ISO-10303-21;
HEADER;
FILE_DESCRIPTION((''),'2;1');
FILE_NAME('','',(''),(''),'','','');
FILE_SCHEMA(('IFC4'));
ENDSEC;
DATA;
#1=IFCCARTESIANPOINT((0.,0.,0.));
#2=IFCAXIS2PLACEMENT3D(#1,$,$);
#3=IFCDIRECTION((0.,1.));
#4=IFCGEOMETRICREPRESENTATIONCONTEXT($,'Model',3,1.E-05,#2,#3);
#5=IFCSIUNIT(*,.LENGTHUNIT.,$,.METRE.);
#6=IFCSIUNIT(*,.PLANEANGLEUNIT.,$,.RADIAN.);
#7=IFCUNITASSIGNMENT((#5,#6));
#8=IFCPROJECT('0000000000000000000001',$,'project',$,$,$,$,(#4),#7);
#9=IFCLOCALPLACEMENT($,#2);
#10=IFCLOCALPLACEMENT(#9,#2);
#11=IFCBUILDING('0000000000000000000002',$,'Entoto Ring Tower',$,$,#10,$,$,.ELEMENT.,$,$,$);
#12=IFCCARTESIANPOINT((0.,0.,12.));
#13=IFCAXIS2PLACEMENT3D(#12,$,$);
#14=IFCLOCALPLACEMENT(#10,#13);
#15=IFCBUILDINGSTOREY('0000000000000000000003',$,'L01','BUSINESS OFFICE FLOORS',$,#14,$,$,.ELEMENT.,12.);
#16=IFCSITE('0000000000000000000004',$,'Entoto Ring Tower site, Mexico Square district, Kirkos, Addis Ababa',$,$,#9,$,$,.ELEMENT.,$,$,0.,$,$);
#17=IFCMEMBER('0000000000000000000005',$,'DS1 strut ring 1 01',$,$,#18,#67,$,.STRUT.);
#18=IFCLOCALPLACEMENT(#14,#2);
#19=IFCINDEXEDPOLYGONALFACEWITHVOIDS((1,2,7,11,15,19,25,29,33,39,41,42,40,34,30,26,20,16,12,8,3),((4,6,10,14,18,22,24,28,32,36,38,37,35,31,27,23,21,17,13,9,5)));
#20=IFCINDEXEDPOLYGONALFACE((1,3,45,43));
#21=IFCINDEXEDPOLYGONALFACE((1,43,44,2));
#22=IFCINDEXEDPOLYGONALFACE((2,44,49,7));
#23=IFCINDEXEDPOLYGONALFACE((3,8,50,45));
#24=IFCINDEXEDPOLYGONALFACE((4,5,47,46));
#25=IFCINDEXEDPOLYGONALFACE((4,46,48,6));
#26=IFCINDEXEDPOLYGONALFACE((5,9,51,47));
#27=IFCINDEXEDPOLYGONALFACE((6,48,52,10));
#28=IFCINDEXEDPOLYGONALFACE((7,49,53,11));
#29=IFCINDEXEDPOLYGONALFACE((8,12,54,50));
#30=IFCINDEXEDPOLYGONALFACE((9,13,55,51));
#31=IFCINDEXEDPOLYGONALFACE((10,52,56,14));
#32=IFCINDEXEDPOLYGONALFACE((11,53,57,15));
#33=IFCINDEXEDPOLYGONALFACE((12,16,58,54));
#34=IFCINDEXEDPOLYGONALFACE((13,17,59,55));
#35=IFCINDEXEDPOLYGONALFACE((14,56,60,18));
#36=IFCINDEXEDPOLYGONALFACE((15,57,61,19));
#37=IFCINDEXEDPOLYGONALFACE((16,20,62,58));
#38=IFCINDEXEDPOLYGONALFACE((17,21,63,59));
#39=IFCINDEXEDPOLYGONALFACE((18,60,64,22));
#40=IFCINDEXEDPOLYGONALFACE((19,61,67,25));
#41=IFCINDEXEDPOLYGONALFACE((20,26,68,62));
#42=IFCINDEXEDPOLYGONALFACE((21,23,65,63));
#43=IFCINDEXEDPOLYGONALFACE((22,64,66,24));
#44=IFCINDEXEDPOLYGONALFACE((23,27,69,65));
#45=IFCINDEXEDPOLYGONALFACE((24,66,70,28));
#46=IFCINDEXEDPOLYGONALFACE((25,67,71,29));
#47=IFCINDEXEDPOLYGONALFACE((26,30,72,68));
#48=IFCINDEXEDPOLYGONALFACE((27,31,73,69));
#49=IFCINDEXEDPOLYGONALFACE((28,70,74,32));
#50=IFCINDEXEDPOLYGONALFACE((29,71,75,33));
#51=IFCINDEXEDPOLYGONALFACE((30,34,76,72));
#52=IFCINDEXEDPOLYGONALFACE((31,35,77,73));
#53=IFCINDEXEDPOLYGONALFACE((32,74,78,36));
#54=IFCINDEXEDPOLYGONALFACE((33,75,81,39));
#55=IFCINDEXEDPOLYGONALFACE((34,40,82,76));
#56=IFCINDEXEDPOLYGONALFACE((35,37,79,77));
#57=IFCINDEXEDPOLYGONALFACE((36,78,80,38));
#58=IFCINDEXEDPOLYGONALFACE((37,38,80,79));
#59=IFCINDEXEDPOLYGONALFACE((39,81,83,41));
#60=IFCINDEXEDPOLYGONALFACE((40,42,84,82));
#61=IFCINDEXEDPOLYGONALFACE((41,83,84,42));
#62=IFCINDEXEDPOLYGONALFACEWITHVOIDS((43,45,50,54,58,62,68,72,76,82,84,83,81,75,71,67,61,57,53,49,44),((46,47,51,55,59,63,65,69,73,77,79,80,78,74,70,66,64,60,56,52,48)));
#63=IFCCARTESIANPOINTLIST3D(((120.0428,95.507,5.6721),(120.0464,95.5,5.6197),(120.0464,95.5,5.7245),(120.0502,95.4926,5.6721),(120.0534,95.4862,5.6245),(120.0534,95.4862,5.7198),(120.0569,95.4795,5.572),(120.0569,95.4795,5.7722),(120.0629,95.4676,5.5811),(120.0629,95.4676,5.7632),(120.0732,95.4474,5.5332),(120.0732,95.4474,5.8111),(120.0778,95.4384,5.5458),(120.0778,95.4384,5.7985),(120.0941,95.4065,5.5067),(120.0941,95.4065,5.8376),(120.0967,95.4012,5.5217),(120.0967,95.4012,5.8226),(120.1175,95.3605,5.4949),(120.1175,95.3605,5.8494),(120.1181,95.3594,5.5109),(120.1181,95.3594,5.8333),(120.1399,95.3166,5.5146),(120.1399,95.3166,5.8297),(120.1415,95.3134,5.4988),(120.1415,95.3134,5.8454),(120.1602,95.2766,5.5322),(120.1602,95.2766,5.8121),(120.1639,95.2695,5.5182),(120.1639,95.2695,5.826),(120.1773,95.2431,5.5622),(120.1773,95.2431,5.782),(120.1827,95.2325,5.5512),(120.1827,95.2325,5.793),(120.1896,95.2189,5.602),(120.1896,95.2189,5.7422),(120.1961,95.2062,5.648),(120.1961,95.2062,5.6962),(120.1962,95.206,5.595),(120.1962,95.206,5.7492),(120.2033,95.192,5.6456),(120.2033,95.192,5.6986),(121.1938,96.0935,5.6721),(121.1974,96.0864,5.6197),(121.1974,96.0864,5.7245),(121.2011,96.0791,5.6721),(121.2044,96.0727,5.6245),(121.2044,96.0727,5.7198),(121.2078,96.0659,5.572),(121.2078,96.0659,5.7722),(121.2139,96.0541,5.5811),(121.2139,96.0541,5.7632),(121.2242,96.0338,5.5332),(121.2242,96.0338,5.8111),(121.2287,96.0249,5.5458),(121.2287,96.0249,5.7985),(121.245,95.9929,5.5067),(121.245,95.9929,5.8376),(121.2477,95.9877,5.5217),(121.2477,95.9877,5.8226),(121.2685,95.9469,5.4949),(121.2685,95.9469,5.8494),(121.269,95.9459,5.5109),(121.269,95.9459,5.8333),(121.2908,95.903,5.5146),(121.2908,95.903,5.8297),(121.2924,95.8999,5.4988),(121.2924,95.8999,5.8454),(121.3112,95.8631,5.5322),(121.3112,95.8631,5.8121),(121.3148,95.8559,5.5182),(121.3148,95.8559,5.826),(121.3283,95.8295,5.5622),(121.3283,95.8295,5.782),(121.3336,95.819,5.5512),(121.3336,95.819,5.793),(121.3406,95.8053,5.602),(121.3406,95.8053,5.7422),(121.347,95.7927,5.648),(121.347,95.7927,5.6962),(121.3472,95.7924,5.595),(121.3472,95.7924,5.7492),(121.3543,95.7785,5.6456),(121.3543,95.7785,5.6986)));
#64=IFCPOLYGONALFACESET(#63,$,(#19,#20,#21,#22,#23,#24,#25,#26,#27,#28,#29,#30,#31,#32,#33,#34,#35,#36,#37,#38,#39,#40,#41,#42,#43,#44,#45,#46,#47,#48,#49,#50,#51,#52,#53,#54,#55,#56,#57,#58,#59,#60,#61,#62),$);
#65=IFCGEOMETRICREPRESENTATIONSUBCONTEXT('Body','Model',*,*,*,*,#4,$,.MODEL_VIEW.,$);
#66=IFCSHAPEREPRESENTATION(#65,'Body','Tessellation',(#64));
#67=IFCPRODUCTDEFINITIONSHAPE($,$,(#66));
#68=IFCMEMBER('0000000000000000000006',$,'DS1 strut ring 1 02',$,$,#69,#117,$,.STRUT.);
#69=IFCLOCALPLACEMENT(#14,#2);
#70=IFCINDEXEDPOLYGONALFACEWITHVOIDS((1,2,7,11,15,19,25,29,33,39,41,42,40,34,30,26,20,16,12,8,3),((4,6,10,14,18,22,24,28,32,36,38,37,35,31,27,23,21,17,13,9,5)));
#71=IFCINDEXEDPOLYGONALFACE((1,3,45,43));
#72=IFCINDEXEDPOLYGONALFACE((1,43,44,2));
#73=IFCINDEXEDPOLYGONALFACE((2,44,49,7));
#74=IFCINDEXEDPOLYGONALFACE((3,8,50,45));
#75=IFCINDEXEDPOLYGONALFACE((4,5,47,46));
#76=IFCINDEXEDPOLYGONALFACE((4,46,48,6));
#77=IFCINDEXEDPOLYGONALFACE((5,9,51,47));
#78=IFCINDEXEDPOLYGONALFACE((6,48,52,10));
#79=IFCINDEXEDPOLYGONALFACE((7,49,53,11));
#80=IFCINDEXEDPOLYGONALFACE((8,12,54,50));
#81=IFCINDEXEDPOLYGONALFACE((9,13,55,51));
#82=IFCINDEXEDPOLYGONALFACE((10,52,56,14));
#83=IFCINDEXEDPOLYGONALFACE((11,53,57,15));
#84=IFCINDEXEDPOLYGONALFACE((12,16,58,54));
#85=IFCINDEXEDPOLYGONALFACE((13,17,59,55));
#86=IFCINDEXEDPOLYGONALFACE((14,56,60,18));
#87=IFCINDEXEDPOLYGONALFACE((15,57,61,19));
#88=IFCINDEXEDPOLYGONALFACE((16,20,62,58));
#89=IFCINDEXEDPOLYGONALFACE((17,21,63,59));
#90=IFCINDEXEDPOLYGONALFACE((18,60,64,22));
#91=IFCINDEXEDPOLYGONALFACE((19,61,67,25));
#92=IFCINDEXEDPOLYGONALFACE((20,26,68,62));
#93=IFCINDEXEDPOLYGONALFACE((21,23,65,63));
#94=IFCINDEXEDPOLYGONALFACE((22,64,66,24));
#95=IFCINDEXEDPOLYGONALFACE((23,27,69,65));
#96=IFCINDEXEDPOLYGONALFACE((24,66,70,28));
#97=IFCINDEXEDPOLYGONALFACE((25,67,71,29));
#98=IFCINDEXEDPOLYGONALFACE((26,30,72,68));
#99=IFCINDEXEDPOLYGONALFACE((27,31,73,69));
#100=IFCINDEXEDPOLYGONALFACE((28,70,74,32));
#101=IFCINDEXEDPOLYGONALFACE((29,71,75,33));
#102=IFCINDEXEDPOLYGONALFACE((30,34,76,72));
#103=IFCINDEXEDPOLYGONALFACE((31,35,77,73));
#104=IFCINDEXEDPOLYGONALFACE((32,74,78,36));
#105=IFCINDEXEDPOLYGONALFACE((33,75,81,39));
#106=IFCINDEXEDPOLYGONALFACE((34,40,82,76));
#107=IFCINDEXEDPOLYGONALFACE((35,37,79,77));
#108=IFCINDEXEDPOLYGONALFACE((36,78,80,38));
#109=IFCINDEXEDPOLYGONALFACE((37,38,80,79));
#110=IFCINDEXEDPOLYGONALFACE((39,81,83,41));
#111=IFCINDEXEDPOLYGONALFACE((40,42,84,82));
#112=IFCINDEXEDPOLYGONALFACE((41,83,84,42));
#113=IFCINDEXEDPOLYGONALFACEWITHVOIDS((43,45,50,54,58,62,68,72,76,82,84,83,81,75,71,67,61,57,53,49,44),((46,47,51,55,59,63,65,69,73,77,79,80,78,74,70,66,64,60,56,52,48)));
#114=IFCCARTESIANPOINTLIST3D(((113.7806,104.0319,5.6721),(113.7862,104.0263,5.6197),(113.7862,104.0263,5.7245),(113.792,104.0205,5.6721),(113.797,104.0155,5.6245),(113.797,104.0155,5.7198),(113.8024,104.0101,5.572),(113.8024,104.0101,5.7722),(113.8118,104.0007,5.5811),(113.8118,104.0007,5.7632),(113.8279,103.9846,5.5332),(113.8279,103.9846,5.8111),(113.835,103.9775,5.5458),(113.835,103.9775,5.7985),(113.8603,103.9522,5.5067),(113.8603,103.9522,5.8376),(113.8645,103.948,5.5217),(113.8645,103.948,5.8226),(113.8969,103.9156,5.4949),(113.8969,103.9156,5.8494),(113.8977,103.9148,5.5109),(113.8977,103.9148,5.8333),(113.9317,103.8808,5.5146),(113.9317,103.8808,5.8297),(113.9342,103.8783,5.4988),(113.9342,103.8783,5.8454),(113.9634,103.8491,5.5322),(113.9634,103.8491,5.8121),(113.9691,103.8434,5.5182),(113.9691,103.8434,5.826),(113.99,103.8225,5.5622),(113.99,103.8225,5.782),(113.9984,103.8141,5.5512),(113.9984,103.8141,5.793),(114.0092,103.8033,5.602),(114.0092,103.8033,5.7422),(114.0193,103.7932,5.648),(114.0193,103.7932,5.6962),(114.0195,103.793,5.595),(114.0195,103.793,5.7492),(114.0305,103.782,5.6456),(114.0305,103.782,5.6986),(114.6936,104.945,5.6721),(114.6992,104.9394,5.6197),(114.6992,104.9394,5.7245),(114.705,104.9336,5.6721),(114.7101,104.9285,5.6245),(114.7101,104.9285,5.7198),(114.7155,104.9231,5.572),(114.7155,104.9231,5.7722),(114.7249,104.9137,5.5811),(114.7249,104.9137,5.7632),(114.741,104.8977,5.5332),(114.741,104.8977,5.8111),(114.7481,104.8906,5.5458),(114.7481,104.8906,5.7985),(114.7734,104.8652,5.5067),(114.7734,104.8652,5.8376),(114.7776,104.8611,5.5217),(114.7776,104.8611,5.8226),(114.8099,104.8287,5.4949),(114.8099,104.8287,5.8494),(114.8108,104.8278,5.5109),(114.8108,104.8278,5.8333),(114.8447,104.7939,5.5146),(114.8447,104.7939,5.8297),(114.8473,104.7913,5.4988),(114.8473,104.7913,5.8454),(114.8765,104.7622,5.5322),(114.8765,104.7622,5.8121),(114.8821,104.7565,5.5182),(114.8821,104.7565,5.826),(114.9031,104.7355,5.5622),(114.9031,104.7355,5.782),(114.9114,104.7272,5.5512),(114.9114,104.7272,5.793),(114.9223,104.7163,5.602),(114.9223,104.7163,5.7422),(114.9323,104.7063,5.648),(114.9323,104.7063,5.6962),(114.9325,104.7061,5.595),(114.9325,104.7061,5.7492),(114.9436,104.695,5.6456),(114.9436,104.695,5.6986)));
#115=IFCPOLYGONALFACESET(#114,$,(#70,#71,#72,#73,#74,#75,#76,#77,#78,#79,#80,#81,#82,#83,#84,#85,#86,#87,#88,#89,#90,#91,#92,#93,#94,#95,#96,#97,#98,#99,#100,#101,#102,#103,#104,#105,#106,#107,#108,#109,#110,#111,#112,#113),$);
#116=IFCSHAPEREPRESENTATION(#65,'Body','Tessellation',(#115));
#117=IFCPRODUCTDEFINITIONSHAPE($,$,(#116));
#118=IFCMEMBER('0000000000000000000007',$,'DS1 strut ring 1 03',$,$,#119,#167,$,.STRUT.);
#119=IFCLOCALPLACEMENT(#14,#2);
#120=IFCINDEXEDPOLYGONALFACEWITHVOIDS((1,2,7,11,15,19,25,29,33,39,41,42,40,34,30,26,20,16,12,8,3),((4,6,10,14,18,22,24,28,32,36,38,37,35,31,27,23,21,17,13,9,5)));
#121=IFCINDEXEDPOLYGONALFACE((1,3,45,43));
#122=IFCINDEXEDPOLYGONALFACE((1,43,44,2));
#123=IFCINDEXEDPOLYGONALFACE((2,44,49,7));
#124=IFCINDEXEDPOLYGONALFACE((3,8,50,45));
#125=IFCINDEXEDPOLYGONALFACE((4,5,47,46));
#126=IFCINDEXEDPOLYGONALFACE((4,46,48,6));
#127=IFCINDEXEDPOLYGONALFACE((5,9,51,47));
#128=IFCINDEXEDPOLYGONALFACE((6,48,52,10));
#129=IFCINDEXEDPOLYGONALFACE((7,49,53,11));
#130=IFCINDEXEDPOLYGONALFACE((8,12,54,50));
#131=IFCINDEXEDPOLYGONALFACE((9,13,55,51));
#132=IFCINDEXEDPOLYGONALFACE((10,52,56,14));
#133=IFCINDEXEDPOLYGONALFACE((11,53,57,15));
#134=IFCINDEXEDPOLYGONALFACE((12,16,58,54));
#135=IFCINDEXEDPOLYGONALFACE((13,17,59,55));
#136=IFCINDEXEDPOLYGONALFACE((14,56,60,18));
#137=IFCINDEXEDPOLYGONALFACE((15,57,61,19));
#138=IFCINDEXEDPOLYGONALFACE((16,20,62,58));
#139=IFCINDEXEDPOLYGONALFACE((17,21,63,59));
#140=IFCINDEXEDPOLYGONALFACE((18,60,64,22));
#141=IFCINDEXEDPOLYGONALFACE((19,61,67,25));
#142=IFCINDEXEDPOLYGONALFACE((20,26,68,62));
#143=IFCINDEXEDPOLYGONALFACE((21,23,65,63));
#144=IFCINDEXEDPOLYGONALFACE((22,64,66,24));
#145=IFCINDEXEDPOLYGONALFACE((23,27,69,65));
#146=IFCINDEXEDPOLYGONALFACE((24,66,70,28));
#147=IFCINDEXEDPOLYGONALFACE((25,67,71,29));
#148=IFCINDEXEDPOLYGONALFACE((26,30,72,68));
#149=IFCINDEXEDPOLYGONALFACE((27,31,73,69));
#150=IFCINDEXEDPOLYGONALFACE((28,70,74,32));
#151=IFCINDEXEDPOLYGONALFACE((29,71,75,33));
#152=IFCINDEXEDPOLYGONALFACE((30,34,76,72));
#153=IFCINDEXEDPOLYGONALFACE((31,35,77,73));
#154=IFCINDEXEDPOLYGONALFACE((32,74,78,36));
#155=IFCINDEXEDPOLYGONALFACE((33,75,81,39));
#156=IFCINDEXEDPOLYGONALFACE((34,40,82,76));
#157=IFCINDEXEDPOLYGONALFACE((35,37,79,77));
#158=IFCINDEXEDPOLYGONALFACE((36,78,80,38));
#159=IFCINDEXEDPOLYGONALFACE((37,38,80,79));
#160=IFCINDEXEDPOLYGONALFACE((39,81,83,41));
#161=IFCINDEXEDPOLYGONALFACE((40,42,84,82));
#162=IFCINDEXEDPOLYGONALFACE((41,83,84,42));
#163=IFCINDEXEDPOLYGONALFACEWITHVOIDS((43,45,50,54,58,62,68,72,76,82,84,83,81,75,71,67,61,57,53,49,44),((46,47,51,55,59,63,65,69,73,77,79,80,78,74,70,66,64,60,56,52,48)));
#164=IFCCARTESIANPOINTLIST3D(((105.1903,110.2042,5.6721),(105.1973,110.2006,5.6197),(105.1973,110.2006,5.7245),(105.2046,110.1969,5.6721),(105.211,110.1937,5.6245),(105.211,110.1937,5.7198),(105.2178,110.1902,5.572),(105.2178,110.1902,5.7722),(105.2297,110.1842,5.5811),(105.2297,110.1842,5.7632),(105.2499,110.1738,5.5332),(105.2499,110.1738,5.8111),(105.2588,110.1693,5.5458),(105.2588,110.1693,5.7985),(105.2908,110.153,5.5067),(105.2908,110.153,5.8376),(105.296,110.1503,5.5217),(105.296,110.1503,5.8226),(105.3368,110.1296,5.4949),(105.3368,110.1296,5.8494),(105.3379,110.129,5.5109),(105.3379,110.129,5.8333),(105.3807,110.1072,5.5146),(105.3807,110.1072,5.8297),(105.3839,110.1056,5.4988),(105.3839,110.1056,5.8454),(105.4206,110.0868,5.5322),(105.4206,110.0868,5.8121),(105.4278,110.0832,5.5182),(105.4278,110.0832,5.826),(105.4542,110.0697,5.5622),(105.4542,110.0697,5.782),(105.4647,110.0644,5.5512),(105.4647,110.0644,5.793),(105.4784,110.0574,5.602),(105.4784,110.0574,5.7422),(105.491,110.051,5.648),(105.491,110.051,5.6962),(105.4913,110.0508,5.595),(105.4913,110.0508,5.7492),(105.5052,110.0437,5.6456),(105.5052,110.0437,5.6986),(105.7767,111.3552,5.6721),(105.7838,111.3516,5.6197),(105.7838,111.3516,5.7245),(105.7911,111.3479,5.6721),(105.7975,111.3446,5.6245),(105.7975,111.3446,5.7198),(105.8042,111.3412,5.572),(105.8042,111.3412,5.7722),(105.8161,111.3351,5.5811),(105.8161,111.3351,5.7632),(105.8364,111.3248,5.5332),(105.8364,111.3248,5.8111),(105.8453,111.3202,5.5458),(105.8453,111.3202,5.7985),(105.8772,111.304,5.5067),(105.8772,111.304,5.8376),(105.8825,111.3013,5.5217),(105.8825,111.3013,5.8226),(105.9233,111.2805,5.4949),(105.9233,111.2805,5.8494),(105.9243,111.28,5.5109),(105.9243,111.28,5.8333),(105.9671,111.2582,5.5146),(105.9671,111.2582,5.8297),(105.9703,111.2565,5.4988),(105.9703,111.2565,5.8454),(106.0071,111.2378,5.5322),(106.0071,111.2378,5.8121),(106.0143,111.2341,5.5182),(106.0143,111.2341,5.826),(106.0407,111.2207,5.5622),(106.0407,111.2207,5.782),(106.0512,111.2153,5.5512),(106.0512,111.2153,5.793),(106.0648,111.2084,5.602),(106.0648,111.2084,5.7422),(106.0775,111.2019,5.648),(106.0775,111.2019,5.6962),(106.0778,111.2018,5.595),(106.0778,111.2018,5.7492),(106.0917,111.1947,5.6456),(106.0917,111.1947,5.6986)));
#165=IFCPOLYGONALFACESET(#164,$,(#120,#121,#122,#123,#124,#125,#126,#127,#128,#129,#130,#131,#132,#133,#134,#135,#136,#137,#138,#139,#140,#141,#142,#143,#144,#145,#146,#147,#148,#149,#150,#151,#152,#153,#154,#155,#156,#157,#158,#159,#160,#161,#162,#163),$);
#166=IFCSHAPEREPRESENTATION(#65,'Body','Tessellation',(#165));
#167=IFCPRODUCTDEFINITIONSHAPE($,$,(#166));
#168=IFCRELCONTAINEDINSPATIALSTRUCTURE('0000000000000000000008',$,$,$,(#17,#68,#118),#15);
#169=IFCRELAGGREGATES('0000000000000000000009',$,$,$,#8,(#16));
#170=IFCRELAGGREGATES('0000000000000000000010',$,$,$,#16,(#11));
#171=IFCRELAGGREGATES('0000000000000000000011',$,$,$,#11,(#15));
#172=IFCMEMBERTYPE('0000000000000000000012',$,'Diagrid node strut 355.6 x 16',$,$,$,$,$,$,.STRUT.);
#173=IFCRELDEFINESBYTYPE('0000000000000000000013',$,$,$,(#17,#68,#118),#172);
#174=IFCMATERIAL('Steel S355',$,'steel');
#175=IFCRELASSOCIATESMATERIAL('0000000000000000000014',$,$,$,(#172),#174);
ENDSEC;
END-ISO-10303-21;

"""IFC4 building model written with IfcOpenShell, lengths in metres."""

from ifc_helpers import new_model, si_unit, direction, frame, origin, origin_2d, place, context, subcontext, project, spatial, circle, hollow_circle, extrude, material, material_profile, profile_set, type_object, element, save


model = new_model("IFC4")

# Units and contexts
model_context = context("Model", 3, precision=1e-05, world=origin(), true_north=direction((0.0, 1.0)))
body_context = subcontext(model_context, "Body", "Model", "MODEL_VIEW")
ifc_project = project(units=[si_unit("LENGTHUNIT", "METRE"), si_unit("PLANEANGLEUNIT", "RADIAN")], contexts=[model_context])

# Site, building, storey
site_placement = place(None, origin())
site = spatial("IfcSite", under=ifc_project, at=site_placement, Name="Entoto Ring Tower site, Mexico Square district, Kirkos, Addis Ababa", CompositionType="ELEMENT", RefElevation=0.0)
building_placement = place(site_placement, origin())
building = spatial("IfcBuilding", under=site, at=building_placement, Name="Entoto Ring Tower", CompositionType="ELEMENT")
storey_placement = place(building_placement, frame((0.0, 0.0, 12.0)))
storey = spatial("IfcBuildingStorey", under=building, at=storey_placement, Name="L01", Description="BUSINESS OFFICE FLOORS", CompositionType="ELEMENT", Elevation=12.0)

# Members
ifc_material_1 = material(Name="Steel S355", Category="steel")
ifc_material_profile_1 = material_profile(ifc_material_1, hollow_circle(Radius=0.1777, WallThickness=0.0161, at=origin_2d()), Name="CHS 355.6 x 16")
ifc_material_2 = material(Name="Concrete C60/75", Category="concrete")
ifc_material_profile_2 = material_profile(ifc_material_2, circle(Radius=0.1619, at=origin_2d()), Name="Concrete C60/75 infill")
ifc_profile_set_1 = profile_set([ifc_material_profile_1, ifc_material_profile_2], Name="Steel S355")
member_type_1 = type_object("IfcMemberType", Name="Diagrid node strut 355.6 x 16", PredefinedType="STRUT", material=ifc_profile_set_1)
member_1_placement = place(storey_placement, frame((120.1235, 95.3486, 5.6721), z_axis=(0.890999, 0.454005, 0.0), x_axis=(-0.454005, 0.890999, 0.0)))
element("IfcMember", 1, at=member_1_placement, inside=storey, type_object=member_type_1, Name="DS1 strut ring 1 01", PredefinedType="STRUT", context=body_context, shape_type="SweptSolid", body=[
    extrude(hollow_circle(Radius=0.1777, WallThickness=0.0161, at=origin_2d()), origin(), (0.0, 0.0, 1.0), 1.2917),
])
member_2_placement = place(storey_placement, frame((113.9062, 103.9062, 5.6721), z_axis=(0.707107, 0.707107, 0.0), x_axis=(-0.707107, 0.707107, 0.0)))
element("IfcMember", 2, at=member_2_placement, inside=storey, type_object=member_type_1, Name="DS1 strut ring 1 02", PredefinedType="STRUT", context=body_context, shape_type="SweptSolid", body=[
    extrude(hollow_circle(Radius=0.1777, WallThickness=0.0161, at=origin_2d()), origin(), (0.0, 0.0, 1.0), 1.2913),
])
member_3_placement = place(storey_placement, frame((105.3486, 110.1235, 5.6721), z_axis=(0.454005, 0.890999, 0.0), x_axis=(-0.890999, 0.454005, 0.0)))
element("IfcMember", 3, at=member_3_placement, inside=storey, type_object=member_type_1, Name="DS1 strut ring 1 03", PredefinedType="STRUT", context=body_context, shape_type="SweptSolid", body=[
    extrude(hollow_circle(Radius=0.1777, WallThickness=0.0161, at=origin_2d()), origin(), (0.0, 0.0, 1.0), 1.2917),
])

save(model, "model.ifc")
